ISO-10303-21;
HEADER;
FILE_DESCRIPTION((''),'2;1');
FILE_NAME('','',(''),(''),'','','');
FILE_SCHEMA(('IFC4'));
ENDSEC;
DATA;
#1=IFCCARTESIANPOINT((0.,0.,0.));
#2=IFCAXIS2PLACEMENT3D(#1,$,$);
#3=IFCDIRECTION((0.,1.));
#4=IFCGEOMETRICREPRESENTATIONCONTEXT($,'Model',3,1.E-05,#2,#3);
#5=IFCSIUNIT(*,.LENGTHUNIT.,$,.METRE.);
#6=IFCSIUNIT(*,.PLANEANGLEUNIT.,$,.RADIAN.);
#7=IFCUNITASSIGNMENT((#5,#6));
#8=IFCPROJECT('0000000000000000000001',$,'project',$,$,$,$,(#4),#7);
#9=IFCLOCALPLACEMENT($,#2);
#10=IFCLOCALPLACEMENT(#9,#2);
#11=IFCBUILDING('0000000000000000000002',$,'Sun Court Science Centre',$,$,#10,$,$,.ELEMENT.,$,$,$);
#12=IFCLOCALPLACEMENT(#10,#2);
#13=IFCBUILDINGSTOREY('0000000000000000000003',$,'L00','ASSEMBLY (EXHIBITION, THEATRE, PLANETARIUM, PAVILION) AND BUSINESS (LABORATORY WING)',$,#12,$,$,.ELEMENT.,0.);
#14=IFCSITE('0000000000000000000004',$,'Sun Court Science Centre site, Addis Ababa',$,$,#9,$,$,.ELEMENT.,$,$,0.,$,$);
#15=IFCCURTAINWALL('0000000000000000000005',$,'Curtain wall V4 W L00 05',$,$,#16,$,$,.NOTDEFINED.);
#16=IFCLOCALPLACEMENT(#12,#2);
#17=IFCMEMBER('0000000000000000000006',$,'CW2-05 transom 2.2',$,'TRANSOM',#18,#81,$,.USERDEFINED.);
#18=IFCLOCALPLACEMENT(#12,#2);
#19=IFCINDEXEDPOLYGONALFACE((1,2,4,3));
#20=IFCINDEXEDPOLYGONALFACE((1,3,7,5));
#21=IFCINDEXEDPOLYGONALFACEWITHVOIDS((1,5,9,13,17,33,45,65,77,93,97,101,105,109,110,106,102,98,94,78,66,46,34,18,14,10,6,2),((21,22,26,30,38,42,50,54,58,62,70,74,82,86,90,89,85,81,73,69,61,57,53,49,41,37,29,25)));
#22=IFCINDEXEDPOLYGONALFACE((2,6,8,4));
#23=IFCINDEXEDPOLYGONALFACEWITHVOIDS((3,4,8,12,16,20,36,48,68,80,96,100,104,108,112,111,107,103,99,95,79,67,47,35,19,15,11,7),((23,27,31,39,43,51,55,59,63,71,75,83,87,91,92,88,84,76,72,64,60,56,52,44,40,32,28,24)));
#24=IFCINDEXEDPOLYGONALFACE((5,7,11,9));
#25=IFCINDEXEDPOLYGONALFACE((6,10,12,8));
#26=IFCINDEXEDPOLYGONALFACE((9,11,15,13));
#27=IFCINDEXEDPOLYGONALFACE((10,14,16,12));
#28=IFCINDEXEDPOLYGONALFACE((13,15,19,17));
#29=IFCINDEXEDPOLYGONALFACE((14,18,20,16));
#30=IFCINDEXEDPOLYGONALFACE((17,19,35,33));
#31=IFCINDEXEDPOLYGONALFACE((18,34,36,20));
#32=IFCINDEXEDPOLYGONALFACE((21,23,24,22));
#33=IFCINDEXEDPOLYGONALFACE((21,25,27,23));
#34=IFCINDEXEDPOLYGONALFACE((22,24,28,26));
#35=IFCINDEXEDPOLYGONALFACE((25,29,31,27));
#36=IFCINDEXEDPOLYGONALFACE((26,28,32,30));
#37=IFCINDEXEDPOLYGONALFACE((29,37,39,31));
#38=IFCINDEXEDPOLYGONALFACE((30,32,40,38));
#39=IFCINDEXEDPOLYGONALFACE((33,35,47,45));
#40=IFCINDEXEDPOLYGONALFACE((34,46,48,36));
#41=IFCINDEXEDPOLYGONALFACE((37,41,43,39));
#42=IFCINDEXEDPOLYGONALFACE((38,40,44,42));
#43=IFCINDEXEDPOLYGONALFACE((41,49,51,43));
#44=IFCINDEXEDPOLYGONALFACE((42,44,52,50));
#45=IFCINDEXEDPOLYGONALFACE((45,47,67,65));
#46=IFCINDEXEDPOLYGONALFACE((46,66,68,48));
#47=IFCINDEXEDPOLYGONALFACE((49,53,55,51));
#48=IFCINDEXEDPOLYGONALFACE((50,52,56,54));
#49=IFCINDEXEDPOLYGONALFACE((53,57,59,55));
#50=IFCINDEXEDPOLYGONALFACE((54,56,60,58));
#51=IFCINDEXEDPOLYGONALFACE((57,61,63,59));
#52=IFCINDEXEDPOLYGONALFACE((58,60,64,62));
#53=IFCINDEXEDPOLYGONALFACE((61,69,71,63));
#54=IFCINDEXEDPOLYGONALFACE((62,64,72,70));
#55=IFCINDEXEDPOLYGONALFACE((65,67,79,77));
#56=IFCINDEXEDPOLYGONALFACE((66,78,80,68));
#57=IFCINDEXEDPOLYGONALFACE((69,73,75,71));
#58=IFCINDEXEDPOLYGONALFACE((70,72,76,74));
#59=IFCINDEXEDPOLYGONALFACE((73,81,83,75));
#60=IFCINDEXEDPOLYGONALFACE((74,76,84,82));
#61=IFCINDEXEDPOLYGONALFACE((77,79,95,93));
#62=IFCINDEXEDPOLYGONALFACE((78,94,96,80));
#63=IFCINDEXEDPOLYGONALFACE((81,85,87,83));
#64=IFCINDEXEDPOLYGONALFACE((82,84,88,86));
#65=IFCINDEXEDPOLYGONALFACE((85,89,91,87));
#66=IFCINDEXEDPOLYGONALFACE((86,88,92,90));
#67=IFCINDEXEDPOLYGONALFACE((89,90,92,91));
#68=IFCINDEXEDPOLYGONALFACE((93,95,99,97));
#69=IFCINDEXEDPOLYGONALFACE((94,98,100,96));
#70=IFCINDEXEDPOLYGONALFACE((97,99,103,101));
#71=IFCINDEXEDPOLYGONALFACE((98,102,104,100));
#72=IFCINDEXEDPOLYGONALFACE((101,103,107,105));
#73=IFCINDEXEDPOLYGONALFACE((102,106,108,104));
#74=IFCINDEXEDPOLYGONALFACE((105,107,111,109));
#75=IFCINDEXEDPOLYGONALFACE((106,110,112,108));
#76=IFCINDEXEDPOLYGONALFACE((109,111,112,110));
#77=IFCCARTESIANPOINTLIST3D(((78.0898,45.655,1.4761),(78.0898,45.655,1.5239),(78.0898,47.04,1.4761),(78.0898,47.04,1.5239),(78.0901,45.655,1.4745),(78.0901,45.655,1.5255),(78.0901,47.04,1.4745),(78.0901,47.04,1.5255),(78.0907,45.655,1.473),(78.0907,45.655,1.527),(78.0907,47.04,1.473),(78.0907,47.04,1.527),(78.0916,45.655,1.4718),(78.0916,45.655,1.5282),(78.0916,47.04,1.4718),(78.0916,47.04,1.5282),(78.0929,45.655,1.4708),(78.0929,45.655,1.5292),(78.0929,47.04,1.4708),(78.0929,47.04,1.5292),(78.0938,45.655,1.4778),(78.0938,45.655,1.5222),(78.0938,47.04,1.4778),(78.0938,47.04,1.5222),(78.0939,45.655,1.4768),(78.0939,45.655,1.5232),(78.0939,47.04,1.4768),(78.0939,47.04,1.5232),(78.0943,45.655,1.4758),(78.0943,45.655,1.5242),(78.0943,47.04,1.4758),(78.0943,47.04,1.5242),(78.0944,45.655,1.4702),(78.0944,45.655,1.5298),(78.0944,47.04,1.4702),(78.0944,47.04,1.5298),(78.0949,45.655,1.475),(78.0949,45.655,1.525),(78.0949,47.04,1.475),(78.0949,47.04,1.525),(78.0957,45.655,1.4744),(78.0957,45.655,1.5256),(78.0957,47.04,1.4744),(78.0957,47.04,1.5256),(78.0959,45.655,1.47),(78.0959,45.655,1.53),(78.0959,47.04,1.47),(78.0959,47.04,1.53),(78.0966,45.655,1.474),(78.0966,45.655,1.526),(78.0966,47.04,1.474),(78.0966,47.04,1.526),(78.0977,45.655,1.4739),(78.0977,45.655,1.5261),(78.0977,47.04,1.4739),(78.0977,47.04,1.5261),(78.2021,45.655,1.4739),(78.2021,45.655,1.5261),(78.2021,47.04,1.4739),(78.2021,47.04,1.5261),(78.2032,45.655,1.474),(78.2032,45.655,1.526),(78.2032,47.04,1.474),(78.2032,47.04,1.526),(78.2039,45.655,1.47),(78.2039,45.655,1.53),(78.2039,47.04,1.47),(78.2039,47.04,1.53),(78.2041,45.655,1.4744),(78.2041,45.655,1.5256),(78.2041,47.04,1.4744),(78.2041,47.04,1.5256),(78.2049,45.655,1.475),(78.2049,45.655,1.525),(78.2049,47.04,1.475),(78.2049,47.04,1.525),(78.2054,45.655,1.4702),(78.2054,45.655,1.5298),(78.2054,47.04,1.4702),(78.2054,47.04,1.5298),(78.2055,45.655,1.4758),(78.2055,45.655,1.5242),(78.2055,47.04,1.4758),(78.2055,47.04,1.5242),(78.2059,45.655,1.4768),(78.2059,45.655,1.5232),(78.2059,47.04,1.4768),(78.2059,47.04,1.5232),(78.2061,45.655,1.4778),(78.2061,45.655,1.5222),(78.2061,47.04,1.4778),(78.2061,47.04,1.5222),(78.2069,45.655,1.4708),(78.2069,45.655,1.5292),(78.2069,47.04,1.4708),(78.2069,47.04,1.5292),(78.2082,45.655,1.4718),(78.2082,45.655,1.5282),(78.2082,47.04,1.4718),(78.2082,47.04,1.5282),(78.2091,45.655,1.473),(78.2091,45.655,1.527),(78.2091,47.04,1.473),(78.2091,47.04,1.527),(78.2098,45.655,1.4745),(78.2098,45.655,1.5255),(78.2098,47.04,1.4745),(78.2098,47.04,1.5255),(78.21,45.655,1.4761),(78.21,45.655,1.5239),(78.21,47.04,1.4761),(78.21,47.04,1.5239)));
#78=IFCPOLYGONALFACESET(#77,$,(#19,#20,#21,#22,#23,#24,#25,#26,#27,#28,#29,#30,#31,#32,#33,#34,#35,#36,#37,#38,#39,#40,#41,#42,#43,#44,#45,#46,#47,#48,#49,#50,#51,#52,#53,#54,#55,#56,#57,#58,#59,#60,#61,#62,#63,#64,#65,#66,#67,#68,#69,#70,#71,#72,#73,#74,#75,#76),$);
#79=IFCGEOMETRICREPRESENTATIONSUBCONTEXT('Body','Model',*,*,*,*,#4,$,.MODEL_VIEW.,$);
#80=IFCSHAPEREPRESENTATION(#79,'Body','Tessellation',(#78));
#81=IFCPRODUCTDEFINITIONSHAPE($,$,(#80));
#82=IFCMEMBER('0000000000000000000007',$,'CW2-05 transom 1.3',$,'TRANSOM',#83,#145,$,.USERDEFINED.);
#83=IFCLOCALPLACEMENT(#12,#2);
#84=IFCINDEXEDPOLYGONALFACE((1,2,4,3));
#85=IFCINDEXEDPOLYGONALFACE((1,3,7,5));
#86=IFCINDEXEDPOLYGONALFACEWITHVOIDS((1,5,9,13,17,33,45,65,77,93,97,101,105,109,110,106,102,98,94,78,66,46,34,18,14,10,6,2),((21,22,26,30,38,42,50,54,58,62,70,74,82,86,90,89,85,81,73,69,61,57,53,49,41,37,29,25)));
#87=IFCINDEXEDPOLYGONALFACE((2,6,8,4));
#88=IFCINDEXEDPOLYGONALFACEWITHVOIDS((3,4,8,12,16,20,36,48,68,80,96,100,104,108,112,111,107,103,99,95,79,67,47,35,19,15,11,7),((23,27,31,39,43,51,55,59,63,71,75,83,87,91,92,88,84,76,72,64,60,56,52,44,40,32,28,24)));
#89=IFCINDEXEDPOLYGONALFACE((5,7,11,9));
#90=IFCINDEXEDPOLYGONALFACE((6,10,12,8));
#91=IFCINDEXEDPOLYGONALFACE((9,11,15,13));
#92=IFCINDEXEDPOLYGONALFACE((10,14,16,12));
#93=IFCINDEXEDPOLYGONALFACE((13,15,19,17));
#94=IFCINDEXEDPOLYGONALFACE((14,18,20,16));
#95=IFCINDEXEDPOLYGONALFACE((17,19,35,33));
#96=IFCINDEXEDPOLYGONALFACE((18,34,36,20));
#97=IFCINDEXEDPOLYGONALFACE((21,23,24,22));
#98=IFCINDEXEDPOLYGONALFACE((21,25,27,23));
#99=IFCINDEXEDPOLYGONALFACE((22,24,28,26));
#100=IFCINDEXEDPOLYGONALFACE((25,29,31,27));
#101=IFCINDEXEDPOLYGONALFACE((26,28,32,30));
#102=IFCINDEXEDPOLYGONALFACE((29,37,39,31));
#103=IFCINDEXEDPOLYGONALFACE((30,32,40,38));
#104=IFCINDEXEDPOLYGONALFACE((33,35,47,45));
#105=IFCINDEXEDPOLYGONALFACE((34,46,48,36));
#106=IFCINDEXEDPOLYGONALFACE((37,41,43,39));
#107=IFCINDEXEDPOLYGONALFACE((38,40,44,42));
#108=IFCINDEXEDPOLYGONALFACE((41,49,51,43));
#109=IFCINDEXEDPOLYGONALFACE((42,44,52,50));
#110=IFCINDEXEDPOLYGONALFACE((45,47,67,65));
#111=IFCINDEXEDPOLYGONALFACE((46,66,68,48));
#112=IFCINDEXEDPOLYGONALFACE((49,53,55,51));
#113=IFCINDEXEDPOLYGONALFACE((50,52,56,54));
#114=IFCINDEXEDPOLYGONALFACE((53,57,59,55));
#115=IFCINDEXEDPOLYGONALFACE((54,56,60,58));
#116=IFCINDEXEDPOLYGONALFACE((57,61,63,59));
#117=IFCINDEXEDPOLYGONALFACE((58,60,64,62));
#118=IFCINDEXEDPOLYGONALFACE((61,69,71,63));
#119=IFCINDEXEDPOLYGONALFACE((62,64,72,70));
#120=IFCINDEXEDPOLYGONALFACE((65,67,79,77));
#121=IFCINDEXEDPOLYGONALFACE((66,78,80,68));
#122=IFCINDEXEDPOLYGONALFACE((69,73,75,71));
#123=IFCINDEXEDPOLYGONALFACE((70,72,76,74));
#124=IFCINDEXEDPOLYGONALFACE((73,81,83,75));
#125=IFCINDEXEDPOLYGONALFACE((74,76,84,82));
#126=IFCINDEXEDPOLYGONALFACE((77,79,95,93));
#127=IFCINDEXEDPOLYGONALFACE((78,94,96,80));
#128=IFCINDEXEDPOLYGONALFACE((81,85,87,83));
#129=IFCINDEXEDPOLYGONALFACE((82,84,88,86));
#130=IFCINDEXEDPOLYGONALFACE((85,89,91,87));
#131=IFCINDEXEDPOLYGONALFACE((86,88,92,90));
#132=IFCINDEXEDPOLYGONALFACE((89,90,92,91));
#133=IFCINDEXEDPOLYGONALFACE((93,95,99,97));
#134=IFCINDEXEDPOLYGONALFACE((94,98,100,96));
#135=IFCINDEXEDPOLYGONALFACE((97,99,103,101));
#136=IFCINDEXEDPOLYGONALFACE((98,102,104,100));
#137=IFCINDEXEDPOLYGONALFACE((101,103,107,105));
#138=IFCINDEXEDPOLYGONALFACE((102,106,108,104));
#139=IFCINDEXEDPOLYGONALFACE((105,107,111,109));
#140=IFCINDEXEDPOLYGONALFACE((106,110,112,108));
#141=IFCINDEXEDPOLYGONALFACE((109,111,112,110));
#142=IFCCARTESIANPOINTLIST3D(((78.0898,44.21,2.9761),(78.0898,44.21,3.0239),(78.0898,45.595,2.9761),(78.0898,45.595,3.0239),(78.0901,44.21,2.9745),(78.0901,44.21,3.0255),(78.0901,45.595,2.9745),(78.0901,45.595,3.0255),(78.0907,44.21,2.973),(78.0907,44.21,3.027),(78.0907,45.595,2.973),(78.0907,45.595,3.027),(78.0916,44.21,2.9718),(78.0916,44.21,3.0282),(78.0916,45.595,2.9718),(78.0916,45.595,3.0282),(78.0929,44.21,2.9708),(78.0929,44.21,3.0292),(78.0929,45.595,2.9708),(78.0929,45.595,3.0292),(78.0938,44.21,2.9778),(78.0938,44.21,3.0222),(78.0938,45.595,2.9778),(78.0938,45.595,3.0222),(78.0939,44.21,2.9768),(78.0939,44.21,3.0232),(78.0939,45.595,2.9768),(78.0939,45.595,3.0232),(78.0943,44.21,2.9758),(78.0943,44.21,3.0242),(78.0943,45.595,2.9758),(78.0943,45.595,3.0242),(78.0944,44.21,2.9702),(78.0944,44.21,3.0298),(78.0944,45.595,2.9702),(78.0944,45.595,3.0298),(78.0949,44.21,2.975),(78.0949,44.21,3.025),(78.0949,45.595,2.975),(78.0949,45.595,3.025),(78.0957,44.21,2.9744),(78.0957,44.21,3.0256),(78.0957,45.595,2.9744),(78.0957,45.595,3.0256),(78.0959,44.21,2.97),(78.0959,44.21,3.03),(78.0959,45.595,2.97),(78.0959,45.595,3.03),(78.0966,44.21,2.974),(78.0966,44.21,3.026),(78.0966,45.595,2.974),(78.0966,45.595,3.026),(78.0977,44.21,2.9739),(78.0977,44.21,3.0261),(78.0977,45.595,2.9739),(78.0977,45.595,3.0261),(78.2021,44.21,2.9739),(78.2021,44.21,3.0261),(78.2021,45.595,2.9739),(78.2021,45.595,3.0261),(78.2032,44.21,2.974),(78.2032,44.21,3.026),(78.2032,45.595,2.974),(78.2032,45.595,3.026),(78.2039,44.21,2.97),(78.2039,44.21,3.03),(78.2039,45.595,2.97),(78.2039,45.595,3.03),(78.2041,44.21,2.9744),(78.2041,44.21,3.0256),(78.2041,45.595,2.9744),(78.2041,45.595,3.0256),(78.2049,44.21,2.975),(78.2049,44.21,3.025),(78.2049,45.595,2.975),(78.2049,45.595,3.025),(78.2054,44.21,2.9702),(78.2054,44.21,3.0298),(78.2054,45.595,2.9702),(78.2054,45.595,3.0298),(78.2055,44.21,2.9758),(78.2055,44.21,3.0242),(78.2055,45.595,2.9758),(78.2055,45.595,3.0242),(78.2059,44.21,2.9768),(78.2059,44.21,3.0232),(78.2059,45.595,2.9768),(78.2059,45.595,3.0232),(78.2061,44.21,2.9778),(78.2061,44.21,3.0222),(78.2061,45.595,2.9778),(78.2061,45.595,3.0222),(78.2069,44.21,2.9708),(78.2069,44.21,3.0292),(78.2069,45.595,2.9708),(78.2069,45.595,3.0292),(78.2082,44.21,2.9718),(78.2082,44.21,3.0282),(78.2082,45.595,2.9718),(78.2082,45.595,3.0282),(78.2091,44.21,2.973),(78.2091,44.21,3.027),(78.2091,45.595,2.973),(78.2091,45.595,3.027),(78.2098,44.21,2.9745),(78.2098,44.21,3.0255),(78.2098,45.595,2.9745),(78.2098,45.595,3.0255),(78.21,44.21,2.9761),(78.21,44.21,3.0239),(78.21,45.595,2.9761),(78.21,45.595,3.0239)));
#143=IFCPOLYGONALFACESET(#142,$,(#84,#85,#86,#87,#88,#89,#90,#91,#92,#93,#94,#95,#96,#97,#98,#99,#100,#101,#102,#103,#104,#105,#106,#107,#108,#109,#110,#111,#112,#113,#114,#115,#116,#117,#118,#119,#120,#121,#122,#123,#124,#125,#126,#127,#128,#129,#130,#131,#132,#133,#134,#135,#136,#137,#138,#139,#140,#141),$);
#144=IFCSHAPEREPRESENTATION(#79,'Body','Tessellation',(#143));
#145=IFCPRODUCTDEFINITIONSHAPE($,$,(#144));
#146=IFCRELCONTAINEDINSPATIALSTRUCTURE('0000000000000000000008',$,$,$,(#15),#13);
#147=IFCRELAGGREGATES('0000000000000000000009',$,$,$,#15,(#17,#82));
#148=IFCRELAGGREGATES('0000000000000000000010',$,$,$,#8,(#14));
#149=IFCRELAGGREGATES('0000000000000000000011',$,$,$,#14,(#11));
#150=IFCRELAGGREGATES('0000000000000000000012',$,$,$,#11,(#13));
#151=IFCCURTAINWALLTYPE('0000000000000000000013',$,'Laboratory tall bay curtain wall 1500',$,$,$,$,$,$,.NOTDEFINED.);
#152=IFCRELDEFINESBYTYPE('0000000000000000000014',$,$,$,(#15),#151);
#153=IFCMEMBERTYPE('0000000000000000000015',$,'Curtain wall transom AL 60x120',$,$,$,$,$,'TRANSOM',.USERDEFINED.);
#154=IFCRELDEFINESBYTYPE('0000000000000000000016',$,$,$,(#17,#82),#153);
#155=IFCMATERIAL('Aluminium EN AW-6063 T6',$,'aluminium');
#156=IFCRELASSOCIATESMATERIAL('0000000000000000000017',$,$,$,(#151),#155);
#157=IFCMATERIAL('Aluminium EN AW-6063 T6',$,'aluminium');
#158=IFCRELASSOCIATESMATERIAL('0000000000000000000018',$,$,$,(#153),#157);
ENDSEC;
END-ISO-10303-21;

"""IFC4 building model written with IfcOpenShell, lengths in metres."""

from ifc_helpers import new_model, si_unit, direction, frame, origin, origin_2d, place, context, subcontext, project, spatial, hollow_rectangle, extrude, material, material_profile, profile_set, type_object, element, aggregate, save


model = new_model("IFC4")

# Units and contexts
model_context = context("Model", 3, precision=1e-05, world=origin(), true_north=direction((0.0, 1.0)))
body_context = subcontext(model_context, "Body", "Model", "MODEL_VIEW")
ifc_project = project(units=[si_unit("LENGTHUNIT", "METRE"), si_unit("PLANEANGLEUNIT", "RADIAN")], contexts=[model_context])

# Site, building, storey
site_placement = place(None, origin())
site = spatial("IfcSite", under=ifc_project, at=site_placement, Name="Sun Court Science Centre site, Addis Ababa", CompositionType="ELEMENT", RefElevation=0.0)
building_placement = place(site_placement, origin())
building = spatial("IfcBuilding", under=site, at=building_placement, Name="Sun Court Science Centre", CompositionType="ELEMENT")
storey_placement = place(building_placement, origin())
storey = spatial("IfcBuildingStorey", under=building, at=storey_placement, Name="L00", Description="ASSEMBLY (EXHIBITION, THEATRE, PLANETARIUM, PAVILION) AND BUSINESS (LABORATORY WING)", CompositionType="ELEMENT", Elevation=0.0)

# Curtain wall
ifc_material_1 = material(Name="Aluminium EN AW-6063 T6", Category="aluminium")
curtain_wall_type_1 = type_object("IfcCurtainWallType", Name="Laboratory tall bay curtain wall 1500", PredefinedType="NOTDEFINED", material=ifc_material_1)
curtain_wall_1_placement = place(storey_placement, origin())
curtain_wall_1 = element("IfcCurtainWall", 1, at=curtain_wall_1_placement, inside=storey, type_object=curtain_wall_type_1, Name="Curtain wall V4 W L00 05", PredefinedType="NOTDEFINED")

# Members
ifc_material_2 = material(Name="Aluminium EN AW-6063 T6", Category="aluminium")
ifc_material_profile_1 = material_profile(ifc_material_2, hollow_rectangle(XDim=0.0601, YDim=0.1201, WallThickness=0.0039, InnerFilletRadius=0.0039, OuterFilletRadius=0.0061, at=origin_2d()), Name="AL 60x120x4")
ifc_profile_set_1 = profile_set([ifc_material_profile_1], Name="Aluminium EN AW-6063 T6")
member_type_1 = type_object("IfcMemberType", Name="Curtain wall transom AL 60x120", ElementType="TRANSOM", PredefinedType="USERDEFINED", material=ifc_profile_set_1)
member_1_placement = place(storey_placement, frame((78.1499, 45.655, 1.5), z_axis=(0.0, 1.0, 0.0), x_axis=(0.0, 0.0, 1.0)))
member_1 = element("IfcMember", 2, at=member_1_placement, type_object=member_type_1, Name="CW2-05 transom 2.2", ObjectType="TRANSOM", PredefinedType="USERDEFINED", context=body_context, shape_type="SweptSolid", body=[
    extrude(hollow_rectangle(XDim=0.0601, YDim=0.1201, WallThickness=0.0039, InnerFilletRadius=0.0039, OuterFilletRadius=0.0061, at=origin_2d()), origin(), (0.0, 0.0, 1.0), 1.385),
])
member_2_placement = place(storey_placement, frame((78.1499, 44.21, 3.0), z_axis=(0.0, 1.0, 0.0), x_axis=(0.0, 0.0, 1.0)))
member_2 = element("IfcMember", 3, at=member_2_placement, type_object=member_type_1, Name="CW2-05 transom 1.3", ObjectType="TRANSOM", PredefinedType="USERDEFINED", context=body_context, shape_type="SweptSolid", body=[
    extrude(hollow_rectangle(XDim=0.0601, YDim=0.1201, WallThickness=0.0039, InnerFilletRadius=0.0039, OuterFilletRadius=0.0061, at=origin_2d()), origin(), (0.0, 0.0, 1.0), 1.385),
])

aggregate(curtain_wall_1, [member_1, member_2])

save(model, "model.ifc")
